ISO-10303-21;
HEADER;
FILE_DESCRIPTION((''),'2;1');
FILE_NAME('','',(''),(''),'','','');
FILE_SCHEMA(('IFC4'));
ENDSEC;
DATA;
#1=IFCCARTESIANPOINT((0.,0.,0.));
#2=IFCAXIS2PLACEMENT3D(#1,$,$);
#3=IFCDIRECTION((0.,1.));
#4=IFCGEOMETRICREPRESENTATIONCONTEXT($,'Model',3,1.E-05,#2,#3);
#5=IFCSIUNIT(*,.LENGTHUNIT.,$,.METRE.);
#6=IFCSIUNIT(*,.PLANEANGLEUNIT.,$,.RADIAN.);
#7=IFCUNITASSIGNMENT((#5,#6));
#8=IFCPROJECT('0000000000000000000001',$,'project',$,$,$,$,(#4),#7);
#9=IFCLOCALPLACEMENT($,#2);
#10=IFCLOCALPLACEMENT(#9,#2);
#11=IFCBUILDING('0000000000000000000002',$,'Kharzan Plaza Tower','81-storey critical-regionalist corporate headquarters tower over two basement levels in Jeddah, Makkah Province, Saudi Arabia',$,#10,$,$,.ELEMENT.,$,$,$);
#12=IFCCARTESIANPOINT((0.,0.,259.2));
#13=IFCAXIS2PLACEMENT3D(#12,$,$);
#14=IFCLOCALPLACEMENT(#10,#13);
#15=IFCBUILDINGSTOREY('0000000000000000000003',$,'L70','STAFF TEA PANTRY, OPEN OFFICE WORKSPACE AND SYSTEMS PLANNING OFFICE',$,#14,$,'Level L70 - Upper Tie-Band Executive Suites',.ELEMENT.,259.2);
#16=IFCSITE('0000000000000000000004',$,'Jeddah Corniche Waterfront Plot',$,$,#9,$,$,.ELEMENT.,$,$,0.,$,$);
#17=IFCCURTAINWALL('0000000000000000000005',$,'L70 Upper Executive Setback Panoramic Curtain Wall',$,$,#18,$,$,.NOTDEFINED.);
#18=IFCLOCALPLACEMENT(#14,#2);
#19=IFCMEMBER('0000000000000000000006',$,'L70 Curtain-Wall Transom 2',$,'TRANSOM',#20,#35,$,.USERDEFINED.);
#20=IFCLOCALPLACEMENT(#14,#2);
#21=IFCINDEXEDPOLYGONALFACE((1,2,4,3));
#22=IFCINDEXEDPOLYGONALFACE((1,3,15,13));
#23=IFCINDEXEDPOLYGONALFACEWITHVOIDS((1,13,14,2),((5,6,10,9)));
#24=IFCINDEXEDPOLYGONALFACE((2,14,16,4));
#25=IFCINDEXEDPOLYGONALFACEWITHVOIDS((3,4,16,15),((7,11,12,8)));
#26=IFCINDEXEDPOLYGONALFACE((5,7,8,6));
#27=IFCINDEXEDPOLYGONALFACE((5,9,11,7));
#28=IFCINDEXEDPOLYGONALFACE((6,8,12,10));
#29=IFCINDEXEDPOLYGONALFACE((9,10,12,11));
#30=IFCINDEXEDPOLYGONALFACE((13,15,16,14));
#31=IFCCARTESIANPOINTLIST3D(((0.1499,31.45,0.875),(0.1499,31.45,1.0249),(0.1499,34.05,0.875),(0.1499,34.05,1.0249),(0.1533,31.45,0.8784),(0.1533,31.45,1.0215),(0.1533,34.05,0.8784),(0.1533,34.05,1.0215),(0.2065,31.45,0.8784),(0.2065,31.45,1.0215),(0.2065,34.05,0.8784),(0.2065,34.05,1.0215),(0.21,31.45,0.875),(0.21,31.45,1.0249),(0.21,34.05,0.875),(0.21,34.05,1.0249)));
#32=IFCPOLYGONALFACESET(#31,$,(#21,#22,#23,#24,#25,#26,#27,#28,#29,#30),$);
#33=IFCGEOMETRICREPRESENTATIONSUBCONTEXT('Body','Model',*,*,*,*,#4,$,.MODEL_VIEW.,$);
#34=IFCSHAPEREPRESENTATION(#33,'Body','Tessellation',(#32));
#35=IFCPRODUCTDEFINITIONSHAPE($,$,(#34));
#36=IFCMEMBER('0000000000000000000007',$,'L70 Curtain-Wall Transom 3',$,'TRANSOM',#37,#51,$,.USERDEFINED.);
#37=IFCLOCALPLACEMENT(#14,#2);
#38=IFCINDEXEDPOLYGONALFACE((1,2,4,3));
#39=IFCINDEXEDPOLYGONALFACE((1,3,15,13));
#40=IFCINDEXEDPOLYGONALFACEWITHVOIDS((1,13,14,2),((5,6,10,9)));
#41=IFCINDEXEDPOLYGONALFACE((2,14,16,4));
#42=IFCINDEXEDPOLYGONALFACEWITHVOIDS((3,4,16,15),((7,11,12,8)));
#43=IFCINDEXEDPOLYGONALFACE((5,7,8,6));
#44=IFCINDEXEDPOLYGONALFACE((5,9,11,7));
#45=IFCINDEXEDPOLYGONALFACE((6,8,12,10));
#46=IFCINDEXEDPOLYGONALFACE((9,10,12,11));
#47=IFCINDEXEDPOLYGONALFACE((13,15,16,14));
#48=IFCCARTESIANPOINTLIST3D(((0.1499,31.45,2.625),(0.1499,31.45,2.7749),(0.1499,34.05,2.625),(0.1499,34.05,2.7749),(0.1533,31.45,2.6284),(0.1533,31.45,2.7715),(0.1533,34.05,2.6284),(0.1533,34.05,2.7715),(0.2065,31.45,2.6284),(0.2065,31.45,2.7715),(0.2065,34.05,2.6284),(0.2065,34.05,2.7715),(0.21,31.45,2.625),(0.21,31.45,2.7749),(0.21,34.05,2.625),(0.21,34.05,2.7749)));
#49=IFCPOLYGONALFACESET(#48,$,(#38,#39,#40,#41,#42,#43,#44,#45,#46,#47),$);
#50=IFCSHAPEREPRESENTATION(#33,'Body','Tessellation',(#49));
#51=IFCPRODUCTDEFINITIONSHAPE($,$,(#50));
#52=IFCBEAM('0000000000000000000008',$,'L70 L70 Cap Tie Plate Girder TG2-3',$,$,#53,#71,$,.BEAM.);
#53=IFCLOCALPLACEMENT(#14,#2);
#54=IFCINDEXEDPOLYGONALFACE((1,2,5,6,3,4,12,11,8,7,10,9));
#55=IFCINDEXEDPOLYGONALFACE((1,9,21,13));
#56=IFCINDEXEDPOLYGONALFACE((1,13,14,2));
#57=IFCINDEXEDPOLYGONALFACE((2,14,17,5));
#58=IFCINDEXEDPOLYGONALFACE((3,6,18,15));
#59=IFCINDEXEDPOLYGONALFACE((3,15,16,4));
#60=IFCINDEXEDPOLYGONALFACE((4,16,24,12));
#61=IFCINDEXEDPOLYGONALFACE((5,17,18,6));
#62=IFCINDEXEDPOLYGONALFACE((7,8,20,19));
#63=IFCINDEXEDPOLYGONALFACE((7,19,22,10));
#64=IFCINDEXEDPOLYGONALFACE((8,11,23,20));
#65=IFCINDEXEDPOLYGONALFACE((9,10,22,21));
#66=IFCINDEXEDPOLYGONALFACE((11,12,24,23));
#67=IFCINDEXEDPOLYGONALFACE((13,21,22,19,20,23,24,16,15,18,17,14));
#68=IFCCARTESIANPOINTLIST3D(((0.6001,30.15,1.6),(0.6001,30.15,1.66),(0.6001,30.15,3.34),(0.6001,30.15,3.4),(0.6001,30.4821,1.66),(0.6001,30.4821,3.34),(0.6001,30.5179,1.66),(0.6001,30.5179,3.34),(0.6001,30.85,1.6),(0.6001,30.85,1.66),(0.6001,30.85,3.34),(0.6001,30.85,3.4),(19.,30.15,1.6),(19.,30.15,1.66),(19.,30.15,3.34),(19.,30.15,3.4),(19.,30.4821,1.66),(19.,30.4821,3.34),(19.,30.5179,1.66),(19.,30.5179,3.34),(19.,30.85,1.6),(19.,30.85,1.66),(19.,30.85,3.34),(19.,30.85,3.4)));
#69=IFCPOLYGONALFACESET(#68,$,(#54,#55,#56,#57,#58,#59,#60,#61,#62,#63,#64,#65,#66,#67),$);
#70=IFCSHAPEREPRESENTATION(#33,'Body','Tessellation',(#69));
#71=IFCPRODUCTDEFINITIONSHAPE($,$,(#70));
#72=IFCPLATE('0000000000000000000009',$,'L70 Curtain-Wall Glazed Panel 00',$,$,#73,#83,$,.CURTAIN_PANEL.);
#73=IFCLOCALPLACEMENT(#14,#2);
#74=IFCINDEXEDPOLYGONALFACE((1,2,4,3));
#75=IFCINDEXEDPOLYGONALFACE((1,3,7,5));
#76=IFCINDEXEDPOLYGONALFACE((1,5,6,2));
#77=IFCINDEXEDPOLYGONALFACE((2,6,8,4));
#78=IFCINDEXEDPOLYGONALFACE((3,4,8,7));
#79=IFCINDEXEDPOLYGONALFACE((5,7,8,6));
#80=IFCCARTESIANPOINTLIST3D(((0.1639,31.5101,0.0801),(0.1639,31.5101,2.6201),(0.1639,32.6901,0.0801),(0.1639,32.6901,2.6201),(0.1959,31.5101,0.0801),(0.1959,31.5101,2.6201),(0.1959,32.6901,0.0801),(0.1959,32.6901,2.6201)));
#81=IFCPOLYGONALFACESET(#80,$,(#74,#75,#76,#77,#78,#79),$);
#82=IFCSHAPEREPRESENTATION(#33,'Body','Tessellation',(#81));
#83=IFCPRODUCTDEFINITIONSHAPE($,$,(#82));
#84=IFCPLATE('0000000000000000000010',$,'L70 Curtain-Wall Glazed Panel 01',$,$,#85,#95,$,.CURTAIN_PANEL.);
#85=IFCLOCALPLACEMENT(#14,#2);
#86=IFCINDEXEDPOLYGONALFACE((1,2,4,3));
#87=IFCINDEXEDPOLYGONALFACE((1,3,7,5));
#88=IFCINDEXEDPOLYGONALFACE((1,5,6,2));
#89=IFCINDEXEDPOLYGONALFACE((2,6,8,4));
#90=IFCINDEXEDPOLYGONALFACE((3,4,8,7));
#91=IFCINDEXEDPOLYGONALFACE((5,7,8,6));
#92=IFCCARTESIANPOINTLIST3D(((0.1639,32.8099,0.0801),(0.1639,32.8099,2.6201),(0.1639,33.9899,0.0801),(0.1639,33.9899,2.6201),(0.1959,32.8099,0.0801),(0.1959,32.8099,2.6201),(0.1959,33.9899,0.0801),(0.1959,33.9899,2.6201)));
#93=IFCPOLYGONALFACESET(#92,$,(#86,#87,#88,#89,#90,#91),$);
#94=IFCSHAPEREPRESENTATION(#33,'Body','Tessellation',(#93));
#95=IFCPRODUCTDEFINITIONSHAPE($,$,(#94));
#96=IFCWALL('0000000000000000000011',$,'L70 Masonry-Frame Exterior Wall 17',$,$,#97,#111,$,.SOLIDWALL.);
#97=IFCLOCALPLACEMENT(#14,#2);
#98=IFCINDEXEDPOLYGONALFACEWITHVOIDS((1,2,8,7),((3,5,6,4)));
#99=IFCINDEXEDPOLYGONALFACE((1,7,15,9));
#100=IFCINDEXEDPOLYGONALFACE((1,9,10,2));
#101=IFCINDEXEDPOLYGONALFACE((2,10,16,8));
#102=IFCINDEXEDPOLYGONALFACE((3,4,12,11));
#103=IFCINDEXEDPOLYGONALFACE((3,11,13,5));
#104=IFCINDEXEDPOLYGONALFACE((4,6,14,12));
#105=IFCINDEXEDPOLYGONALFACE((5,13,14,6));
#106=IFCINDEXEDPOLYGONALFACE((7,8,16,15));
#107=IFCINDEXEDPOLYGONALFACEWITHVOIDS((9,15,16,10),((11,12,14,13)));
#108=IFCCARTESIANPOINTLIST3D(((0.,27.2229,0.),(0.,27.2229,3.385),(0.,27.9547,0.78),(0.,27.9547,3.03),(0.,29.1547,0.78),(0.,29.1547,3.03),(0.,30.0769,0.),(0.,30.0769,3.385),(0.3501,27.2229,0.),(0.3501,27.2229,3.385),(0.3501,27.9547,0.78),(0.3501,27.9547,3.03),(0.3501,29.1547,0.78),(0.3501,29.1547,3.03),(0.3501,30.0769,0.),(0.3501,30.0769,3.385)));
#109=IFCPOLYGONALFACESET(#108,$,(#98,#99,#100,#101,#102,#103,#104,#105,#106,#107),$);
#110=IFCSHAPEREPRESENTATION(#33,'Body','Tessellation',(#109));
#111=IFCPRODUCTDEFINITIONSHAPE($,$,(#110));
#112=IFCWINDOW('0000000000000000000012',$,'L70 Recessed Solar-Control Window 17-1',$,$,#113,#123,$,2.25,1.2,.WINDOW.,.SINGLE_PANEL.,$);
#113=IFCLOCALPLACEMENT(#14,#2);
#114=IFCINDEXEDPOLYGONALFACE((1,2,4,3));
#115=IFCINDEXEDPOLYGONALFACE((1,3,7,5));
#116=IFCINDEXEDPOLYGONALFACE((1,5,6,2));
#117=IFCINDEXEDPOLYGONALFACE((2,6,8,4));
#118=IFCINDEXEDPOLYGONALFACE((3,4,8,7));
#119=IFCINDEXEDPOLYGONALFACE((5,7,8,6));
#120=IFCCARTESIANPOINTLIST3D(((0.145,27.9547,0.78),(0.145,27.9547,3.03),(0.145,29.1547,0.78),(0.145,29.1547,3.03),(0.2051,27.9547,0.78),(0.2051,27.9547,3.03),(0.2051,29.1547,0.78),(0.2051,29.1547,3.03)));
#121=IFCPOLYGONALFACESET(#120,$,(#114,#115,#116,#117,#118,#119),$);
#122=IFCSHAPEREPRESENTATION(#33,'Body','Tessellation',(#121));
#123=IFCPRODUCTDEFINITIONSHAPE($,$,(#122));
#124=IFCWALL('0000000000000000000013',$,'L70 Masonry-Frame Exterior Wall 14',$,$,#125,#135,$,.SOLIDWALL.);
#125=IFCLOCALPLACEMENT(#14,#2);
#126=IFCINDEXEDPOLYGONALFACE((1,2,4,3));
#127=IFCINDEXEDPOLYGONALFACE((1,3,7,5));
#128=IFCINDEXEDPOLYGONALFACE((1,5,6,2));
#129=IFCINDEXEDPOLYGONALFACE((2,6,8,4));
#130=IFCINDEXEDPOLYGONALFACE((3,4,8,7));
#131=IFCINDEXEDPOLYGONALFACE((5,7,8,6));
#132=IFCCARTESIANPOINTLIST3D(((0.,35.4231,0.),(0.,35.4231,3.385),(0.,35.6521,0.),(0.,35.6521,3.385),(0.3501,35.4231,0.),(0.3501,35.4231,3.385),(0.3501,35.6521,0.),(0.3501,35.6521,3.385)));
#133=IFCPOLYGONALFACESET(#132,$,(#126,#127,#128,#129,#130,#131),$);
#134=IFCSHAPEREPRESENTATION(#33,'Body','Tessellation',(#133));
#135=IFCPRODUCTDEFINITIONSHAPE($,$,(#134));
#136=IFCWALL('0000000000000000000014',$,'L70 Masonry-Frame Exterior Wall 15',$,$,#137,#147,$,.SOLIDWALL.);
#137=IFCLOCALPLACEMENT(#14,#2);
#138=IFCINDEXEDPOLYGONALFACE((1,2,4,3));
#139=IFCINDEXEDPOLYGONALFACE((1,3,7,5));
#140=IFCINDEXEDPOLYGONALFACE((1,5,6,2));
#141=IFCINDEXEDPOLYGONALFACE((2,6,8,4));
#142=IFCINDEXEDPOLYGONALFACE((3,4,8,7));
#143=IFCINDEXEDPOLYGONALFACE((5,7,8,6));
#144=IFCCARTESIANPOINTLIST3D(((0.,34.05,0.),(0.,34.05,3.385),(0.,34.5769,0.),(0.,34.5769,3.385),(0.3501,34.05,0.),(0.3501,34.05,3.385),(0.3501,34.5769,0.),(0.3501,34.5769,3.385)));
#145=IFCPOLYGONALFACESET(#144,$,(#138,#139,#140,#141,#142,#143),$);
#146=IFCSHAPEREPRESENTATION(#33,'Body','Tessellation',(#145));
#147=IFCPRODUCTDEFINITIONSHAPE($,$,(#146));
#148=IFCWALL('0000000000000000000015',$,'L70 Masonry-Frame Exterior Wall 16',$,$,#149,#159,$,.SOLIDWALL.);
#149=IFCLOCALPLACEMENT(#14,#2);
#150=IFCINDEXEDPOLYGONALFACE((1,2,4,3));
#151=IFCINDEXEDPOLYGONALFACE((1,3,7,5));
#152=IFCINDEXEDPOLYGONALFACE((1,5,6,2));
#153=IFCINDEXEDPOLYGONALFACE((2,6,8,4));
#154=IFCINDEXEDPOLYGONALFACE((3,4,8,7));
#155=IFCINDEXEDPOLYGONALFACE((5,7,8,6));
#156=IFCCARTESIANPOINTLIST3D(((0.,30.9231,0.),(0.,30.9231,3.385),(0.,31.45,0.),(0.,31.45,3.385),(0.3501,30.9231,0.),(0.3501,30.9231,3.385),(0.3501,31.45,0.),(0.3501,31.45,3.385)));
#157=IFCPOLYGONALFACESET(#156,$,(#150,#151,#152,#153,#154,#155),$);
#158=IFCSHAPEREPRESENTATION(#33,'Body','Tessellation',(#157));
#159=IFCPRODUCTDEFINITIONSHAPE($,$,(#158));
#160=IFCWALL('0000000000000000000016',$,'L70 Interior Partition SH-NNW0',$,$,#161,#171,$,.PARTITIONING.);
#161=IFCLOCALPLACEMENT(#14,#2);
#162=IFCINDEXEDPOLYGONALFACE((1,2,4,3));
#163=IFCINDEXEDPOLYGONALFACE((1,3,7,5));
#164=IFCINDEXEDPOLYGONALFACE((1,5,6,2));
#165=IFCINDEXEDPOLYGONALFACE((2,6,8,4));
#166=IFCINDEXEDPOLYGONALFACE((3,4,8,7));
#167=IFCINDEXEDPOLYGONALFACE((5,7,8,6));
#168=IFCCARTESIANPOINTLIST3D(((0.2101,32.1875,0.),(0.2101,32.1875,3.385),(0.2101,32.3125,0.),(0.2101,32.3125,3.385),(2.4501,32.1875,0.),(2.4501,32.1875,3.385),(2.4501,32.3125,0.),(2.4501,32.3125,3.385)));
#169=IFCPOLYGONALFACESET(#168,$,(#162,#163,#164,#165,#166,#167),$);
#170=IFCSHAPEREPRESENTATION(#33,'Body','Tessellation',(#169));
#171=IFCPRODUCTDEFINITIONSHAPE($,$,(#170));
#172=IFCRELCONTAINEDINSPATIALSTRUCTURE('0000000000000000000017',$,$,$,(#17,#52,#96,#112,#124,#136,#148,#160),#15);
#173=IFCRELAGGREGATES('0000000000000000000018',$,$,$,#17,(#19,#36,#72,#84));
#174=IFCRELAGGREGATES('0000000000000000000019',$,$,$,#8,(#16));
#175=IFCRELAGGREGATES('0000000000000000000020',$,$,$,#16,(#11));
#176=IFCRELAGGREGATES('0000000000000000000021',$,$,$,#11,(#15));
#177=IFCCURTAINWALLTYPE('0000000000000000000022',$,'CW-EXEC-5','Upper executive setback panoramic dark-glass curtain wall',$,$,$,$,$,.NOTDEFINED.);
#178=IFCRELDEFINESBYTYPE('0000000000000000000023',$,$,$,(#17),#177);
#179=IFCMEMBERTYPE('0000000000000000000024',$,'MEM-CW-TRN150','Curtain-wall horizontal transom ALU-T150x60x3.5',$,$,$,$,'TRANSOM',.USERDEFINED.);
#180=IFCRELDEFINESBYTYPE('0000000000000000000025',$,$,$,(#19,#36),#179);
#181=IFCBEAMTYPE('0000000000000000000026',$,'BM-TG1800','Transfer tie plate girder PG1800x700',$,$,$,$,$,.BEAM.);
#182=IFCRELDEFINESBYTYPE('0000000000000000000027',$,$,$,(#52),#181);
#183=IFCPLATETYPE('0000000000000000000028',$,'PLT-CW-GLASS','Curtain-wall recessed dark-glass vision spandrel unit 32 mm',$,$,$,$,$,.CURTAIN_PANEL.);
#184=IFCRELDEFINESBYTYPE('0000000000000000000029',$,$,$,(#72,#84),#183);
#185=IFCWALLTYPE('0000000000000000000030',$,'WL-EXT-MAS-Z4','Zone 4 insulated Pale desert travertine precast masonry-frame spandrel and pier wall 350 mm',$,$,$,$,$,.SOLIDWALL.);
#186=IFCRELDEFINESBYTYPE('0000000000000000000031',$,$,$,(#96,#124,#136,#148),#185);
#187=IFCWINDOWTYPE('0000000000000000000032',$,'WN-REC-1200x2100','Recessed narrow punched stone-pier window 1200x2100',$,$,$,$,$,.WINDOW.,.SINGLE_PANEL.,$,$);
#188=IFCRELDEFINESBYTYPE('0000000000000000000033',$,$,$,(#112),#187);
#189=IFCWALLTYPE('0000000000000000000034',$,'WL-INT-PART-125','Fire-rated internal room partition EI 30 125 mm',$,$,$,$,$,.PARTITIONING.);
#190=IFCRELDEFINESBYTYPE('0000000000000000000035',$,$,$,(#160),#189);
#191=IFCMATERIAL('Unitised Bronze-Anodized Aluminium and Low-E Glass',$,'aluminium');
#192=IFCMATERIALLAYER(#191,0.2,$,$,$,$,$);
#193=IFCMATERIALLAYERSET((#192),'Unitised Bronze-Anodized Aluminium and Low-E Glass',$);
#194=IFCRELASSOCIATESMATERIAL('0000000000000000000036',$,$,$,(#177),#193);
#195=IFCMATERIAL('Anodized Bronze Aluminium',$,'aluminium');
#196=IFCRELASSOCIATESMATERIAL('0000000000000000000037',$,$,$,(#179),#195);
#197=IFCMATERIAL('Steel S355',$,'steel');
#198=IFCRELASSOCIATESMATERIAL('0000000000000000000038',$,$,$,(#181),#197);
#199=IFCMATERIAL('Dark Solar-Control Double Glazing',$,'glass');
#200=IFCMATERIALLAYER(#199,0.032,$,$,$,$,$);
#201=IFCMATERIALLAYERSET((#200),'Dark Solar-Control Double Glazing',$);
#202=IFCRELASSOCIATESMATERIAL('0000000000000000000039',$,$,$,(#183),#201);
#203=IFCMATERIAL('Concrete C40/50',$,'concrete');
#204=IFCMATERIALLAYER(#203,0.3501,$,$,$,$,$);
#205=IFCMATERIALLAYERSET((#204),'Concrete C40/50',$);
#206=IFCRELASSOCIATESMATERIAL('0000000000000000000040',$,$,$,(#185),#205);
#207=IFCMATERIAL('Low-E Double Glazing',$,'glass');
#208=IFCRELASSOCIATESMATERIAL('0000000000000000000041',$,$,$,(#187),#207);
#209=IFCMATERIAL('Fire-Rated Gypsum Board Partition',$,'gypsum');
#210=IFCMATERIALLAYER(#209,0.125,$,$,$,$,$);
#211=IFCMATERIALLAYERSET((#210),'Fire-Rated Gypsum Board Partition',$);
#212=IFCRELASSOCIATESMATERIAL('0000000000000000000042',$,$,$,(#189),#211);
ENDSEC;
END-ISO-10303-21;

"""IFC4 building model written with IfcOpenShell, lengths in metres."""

from ifc_helpers import new_model, si_unit, direction, frame, frame_2d, origin, origin_2d, place, context, subcontext, project, spatial, rectangle, hollow_rectangle, i_section, extrude, source, transform, mapped, material, layer, layer_set, material_profile, profile_set, type_object, element, fill, aggregate, save


model = new_model("IFC4")

# Units and contexts
model_context = context("Model", 3, precision=1e-05, world=origin(), true_north=direction((0.0, 1.0)))
body_context = subcontext(model_context, "Body", "Model", "MODEL_VIEW")
ifc_project = project(units=[si_unit("LENGTHUNIT", "METRE"), si_unit("PLANEANGLEUNIT", "RADIAN")], contexts=[model_context])

# Site, building, storey
site_placement = place(None, origin())
site = spatial("IfcSite", under=ifc_project, at=site_placement, Name="Jeddah Corniche Waterfront Plot", CompositionType="ELEMENT", RefElevation=0.0)
building_placement = place(site_placement, origin())
building = spatial("IfcBuilding", under=site, at=building_placement, Name="Kharzan Plaza Tower", Description="81-storey critical-regionalist corporate headquarters tower over two basement levels in Jeddah, Makkah Province, Saudi Arabia", CompositionType="ELEMENT")
storey_placement = place(building_placement, frame((0.0, 0.0, 259.2)))
storey = spatial("IfcBuildingStorey", under=building, at=storey_placement, Name="L70", Description="STAFF TEA PANTRY, OPEN OFFICE WORKSPACE AND SYSTEMS PLANNING OFFICE", LongName="Level L70 - Upper Tie-Band Executive Suites", CompositionType="ELEMENT", Elevation=259.2)

# Shared definitions
ifc_material_1 = material(Name="Steel S355", Category="steel")

# Curtain wall
ifc_material_2 = material(Name="Unitised Bronze-Anodized Aluminium and Low-E Glass", Category="aluminium")
ifc_layer_1 = layer(ifc_material_2, 0.2)
ifc_layer_set_1 = layer_set([ifc_layer_1], Name="Unitised Bronze-Anodized Aluminium and Low-E Glass")
curtain_wall_type = type_object("IfcCurtainWallType", Name="CW-EXEC-5", Description="Upper executive setback panoramic dark-glass curtain wall", PredefinedType="NOTDEFINED", material=ifc_layer_set_1)
curtain_wall_placement = place(storey_placement, origin())
curtain_wall = element("IfcCurtainWall", 1, at=curtain_wall_placement, inside=storey, type_object=curtain_wall_type, Name="L70 Upper Executive Setback Panoramic Curtain Wall", PredefinedType="NOTDEFINED")
ifc_material_3 = material(Name="Anodized Bronze Aluminium", Category="aluminium")

# Members
ifc_material_profile_1 = material_profile(ifc_material_3, hollow_rectangle(XDim=0.0601, YDim=0.1499, WallThickness=0.0034, at=origin_2d()), Name="ALU-T150x60x3.5")
ifc_profile_set_1 = profile_set([ifc_material_profile_1], Name="Anodized Bronze Aluminium")
member_type_1 = type_object("IfcMemberType", Name="MEM-CW-TRN150", Description="Curtain-wall horizontal transom ALU-T150x60x3.5", ElementType="TRANSOM", PredefinedType="USERDEFINED", material=ifc_profile_set_1)
shared_shape_1 = source(origin(), body_context, "Body", "SweptSolid", [
    extrude(hollow_rectangle(XDim=0.0601, YDim=0.1499, WallThickness=0.0034, at=origin_2d()), origin(), (0.0, 0.0, 1.0), 2.6001),
])
member_1_placement = place(storey_placement, frame((0.1799, 31.45, 0.95), z_axis=(0.0, 1.0, 0.0), x_axis=(-1.0, 0.0, 0.0)))
member_1 = element("IfcMember", 2, at=member_1_placement, type_object=member_type_1, Name="L70 Curtain-Wall Transom 2", ObjectType="TRANSOM", PredefinedType="USERDEFINED", context=body_context, shape_type="MappedRepresentation", body=[
    mapped(shared_shape_1, transform((0.0, 0.0, 0.0), x_axis=(1.0, 0.0, 0.0), y_axis=(0.0, 1.0, 0.0), z_axis=(0.0, 0.0, 1.0))),
])
member_2_placement = place(storey_placement, frame((0.1799, 31.45, 2.7), z_axis=(0.0, 1.0, 0.0), x_axis=(-1.0, 0.0, 0.0)))
member_2 = element("IfcMember", 3, at=member_2_placement, type_object=member_type_1, Name="L70 Curtain-Wall Transom 3", ObjectType="TRANSOM", PredefinedType="USERDEFINED", context=body_context, shape_type="MappedRepresentation", body=[
    mapped(shared_shape_1, transform((0.0, 0.0, 0.0), x_axis=(1.0, 0.0, 0.0), y_axis=(0.0, 1.0, 0.0), z_axis=(0.0, 0.0, 1.0))),
])

# Beam
ifc_material_profile_2 = material_profile(ifc_material_1, i_section(OverallWidth=0.7, OverallDepth=1.8, WebThickness=0.0359, FlangeThickness=0.0601, at=origin_2d()), Name="PG1800x700")
ifc_profile_set_2 = profile_set([ifc_material_profile_2], Name="Steel S355")
beam_type_1 = type_object("IfcBeamType", Name="BM-TG1800", Description="Transfer tie plate girder PG1800x700", PredefinedType="BEAM", material=ifc_profile_set_2)
shared_shape_2 = source(origin(), body_context, "Body", "SweptSolid", [
    extrude(i_section(OverallWidth=0.7, OverallDepth=1.8, WebThickness=0.0359, FlangeThickness=0.0601, at=origin_2d()), origin(), (0.0, 0.0, 1.0), 18.3999),
])
beam_1_placement = place(storey_placement, frame((0.6001, 30.5, 2.5), z_axis=(1.0, 0.0, 0.0), x_axis=(0.0, 1.0, 0.0)))
element("IfcBeam", 4, at=beam_1_placement, inside=storey, type_object=beam_type_1, Name="L70 L70 Cap Tie Plate Girder TG2-3", PredefinedType="BEAM", context=body_context, shape_type="MappedRepresentation", body=[
    mapped(shared_shape_2, transform((0.0, 0.0, 0.0), x_axis=(1.0, 0.0, 0.0), y_axis=(0.0, 1.0, 0.0), z_axis=(0.0, 0.0, 1.0))),
])

# Plates
ifc_material_4 = material(Name="Dark Solar-Control Double Glazing", Category="glass")
ifc_layer_2 = layer(ifc_material_4, 0.032)
ifc_layer_set_2 = layer_set([ifc_layer_2], Name="Dark Solar-Control Double Glazing")
plate_type = type_object("IfcPlateType", Name="PLT-CW-GLASS", Description="Curtain-wall recessed dark-glass vision spandrel unit 32 mm", PredefinedType="CURTAIN_PANEL", material=ifc_layer_set_2)
shared_shape_3 = source(origin(), body_context, "Body", "SweptSolid", [
    extrude(rectangle(XDim=1.1799, YDim=0.032, at=origin_2d()), origin(), (0.0, 0.0, 1.0), 2.54),
])
plate_1_placement = place(storey_placement, frame((0.1799, 32.1001, 0.0801), z_axis=(0.0, 0.0, 1.0), x_axis=(0.0, 1.0, 0.0)))
plate_1 = element("IfcPlate", 5, at=plate_1_placement, type_object=plate_type, Name="L70 Curtain-Wall Glazed Panel 00", PredefinedType="CURTAIN_PANEL", context=body_context, shape_type="MappedRepresentation", body=[
    mapped(shared_shape_3, transform((0.0, 0.0, 0.0), x_axis=(1.0, 0.0, 0.0), y_axis=(0.0, 1.0, 0.0), z_axis=(0.0, 0.0, 1.0))),
])
plate_2_placement = place(storey_placement, frame((0.1799, 33.3999, 0.0801), z_axis=(0.0, 0.0, 1.0), x_axis=(0.0, 1.0, 0.0)))
plate_2 = element("IfcPlate", 6, at=plate_2_placement, type_object=plate_type, Name="L70 Curtain-Wall Glazed Panel 01", PredefinedType="CURTAIN_PANEL", context=body_context, shape_type="MappedRepresentation", body=[
    mapped(shared_shape_3, transform((0.0, 0.0, 0.0), x_axis=(1.0, 0.0, 0.0), y_axis=(0.0, 1.0, 0.0), z_axis=(0.0, 0.0, 1.0))),
])
aggregate(curtain_wall, [member_1, member_2, plate_1, plate_2])

# Wall, opening, window
ifc_material_5 = material(Name="Concrete C40/50", Category="concrete")
ifc_layer_3 = layer(ifc_material_5, 0.3501)
ifc_layer_set_3 = layer_set([ifc_layer_3], Name="Concrete C40/50")
wall_type_1 = type_object("IfcWallType", Name="WL-EXT-MAS-Z4", Description="Zone 4 insulated Pale desert travertine precast masonry-frame spandrel and pier wall 350 mm", PredefinedType="SOLIDWALL", material=ifc_layer_set_3)
wall_1_placement = place(storey_placement, frame((0.175, 30.0769, 0.0), z_axis=(0.0, 0.0, 1.0), x_axis=(0.0, -1.0, 0.0)))
wall_1 = element("IfcWall", 7, at=wall_1_placement, inside=storey, type_object=wall_type_1, Name="L70 Masonry-Frame Exterior Wall 17", PredefinedType="SOLIDWALL", context=body_context, shape_type="SweptSolid", body=[
    extrude(rectangle(XDim=2.854, YDim=0.3501, at=frame_2d((1.427, 0.0))), origin(), (0.0, 0.0, 1.0), 3.385),
])
opening_placement = place(wall_1_placement, frame((0.9221, 0.0, 0.78)))
opening = element("IfcOpeningElement", 8, at=opening_placement, cuts=wall_1, PredefinedType="OPENING", context=body_context, shape_type="SweptSolid", body=[
    extrude(rectangle(XDim=1.2, YDim=2.25, at=frame_2d((0.6001, 1.125))), frame((0.0, 0.1851, 0.0), z_axis=(0.0, -1.0, 0.0), x_axis=(1.0, 0.0, 0.0)), (0.0, 0.0, 1.0), 0.3701),
])
ifc_material_6 = material(Name="Low-E Double Glazing", Category="glass")
window_type = type_object("IfcWindowType", Name="WN-REC-1200x2100", Description="Recessed narrow punched stone-pier window 1200x2100", PartitioningType="SINGLE_PANEL", PredefinedType="WINDOW", material=ifc_material_6)
shared_shape_4 = source(origin(), body_context, "Body", "SweptSolid", [
    extrude(rectangle(XDim=1.2, YDim=2.25, at=frame_2d((0.6001, 1.125))), frame((0.0, 0.03, 0.0), z_axis=(0.0, -1.0, 0.0), x_axis=(1.0, 0.0, 0.0)), (0.0, 0.0, 1.0), 0.0601),
])
window_placement = place(opening_placement, origin())
window = element("IfcWindow", 9, at=window_placement, inside=storey, type_object=window_type, Name="L70 Recessed Solar-Control Window 17-1", OverallHeight=2.25, OverallWidth=1.2, PartitioningType="SINGLE_PANEL", PredefinedType="WINDOW", context=body_context, shape_type="MappedRepresentation", body=[
    mapped(shared_shape_4, transform((0.0, 0.0, 0.0), x_axis=(1.0, 0.0, 0.0), y_axis=(0.0, 1.0, 0.0), z_axis=(0.0, 0.0, 1.0))),
])
fill(opening, window)

# Walls
shared_shape_5 = source(origin(), body_context, "Body", "SweptSolid", [
    extrude(rectangle(XDim=0.229, YDim=0.3501, at=frame_2d((0.1145, 0.0))), origin(), (0.0, 0.0, 1.0), 3.385),
])
wall_2_placement = place(storey_placement, frame((0.175, 35.6521, 0.0), z_axis=(0.0, 0.0, 1.0), x_axis=(0.0, -1.0, 0.0)))
element("IfcWall", 10, at=wall_2_placement, inside=storey, type_object=wall_type_1, Name="L70 Masonry-Frame Exterior Wall 14", PredefinedType="SOLIDWALL", context=body_context, shape_type="MappedRepresentation", body=[
    mapped(shared_shape_5, transform((0.0, 0.0, 0.0), x_axis=(1.0, 0.0, 0.0), y_axis=(0.0, 1.0, 0.0), z_axis=(0.0, 0.0, 1.0))),
])
shared_shape_6 = source(origin(), body_context, "Body", "SweptSolid", [
    extrude(rectangle(XDim=0.5269, YDim=0.3501, at=frame_2d((0.2634, 0.0))), origin(), (0.0, 0.0, 1.0), 3.385),
])
for number, where, z_axis, x_axis, name in (
    (11, (0.175, 34.5769, 0.0), (0.0, 0.0, 1.0), (0.0, -1.0, 0.0), "L70 Masonry-Frame Exterior Wall 15"),
    (12, (0.175, 31.45, 0.0), (0.0, 0.0, 1.0), (0.0, -1.0, 0.0), "L70 Masonry-Frame Exterior Wall 16"),
):
    element("IfcWall", number, at=place(storey_placement, frame(where, z_axis=z_axis, x_axis=x_axis)), inside=storey, type_object=wall_type_1, Name=name, PredefinedType="SOLIDWALL", context=body_context, shape_type="MappedRepresentation", body=[
        mapped(shared_shape_6, transform((0.0, 0.0, 0.0), x_axis=(1.0, 0.0, 0.0), y_axis=(0.0, 1.0, 0.0), z_axis=(0.0, 0.0, 1.0))),
    ])
ifc_material_7 = material(Name="Fire-Rated Gypsum Board Partition", Category="gypsum")
ifc_layer_4 = layer(ifc_material_7, 0.125)
ifc_layer_set_4 = layer_set([ifc_layer_4], Name="Fire-Rated Gypsum Board Partition")
wall_type_2 = type_object("IfcWallType", Name="WL-INT-PART-125", Description="Fire-rated internal room partition EI 30 125 mm", PredefinedType="PARTITIONING", material=ifc_layer_set_4)
shared_shape_7 = source(origin(), body_context, "Body", "SweptSolid", [
    extrude(rectangle(XDim=2.24, YDim=0.125, at=frame_2d((1.1201, 0.0))), origin(), (0.0, 0.0, 1.0), 3.385),
])
wall_3_placement = place(storey_placement, frame((0.21, 32.25, 0.0), z_axis=(0.0, 0.0, 1.0), x_axis=(1.0, 0.0, 0.0)))
element("IfcWall", 13, at=wall_3_placement, inside=storey, type_object=wall_type_2, Name="L70 Interior Partition SH-NNW0", PredefinedType="PARTITIONING", context=body_context, shape_type="MappedRepresentation", body=[
    mapped(shared_shape_7, transform((0.0, 0.0, 0.0), x_axis=(1.0, 0.0, 0.0), y_axis=(0.0, 1.0, 0.0), z_axis=(0.0, 0.0, 1.0))),
])

save(model, "model.ifc")
